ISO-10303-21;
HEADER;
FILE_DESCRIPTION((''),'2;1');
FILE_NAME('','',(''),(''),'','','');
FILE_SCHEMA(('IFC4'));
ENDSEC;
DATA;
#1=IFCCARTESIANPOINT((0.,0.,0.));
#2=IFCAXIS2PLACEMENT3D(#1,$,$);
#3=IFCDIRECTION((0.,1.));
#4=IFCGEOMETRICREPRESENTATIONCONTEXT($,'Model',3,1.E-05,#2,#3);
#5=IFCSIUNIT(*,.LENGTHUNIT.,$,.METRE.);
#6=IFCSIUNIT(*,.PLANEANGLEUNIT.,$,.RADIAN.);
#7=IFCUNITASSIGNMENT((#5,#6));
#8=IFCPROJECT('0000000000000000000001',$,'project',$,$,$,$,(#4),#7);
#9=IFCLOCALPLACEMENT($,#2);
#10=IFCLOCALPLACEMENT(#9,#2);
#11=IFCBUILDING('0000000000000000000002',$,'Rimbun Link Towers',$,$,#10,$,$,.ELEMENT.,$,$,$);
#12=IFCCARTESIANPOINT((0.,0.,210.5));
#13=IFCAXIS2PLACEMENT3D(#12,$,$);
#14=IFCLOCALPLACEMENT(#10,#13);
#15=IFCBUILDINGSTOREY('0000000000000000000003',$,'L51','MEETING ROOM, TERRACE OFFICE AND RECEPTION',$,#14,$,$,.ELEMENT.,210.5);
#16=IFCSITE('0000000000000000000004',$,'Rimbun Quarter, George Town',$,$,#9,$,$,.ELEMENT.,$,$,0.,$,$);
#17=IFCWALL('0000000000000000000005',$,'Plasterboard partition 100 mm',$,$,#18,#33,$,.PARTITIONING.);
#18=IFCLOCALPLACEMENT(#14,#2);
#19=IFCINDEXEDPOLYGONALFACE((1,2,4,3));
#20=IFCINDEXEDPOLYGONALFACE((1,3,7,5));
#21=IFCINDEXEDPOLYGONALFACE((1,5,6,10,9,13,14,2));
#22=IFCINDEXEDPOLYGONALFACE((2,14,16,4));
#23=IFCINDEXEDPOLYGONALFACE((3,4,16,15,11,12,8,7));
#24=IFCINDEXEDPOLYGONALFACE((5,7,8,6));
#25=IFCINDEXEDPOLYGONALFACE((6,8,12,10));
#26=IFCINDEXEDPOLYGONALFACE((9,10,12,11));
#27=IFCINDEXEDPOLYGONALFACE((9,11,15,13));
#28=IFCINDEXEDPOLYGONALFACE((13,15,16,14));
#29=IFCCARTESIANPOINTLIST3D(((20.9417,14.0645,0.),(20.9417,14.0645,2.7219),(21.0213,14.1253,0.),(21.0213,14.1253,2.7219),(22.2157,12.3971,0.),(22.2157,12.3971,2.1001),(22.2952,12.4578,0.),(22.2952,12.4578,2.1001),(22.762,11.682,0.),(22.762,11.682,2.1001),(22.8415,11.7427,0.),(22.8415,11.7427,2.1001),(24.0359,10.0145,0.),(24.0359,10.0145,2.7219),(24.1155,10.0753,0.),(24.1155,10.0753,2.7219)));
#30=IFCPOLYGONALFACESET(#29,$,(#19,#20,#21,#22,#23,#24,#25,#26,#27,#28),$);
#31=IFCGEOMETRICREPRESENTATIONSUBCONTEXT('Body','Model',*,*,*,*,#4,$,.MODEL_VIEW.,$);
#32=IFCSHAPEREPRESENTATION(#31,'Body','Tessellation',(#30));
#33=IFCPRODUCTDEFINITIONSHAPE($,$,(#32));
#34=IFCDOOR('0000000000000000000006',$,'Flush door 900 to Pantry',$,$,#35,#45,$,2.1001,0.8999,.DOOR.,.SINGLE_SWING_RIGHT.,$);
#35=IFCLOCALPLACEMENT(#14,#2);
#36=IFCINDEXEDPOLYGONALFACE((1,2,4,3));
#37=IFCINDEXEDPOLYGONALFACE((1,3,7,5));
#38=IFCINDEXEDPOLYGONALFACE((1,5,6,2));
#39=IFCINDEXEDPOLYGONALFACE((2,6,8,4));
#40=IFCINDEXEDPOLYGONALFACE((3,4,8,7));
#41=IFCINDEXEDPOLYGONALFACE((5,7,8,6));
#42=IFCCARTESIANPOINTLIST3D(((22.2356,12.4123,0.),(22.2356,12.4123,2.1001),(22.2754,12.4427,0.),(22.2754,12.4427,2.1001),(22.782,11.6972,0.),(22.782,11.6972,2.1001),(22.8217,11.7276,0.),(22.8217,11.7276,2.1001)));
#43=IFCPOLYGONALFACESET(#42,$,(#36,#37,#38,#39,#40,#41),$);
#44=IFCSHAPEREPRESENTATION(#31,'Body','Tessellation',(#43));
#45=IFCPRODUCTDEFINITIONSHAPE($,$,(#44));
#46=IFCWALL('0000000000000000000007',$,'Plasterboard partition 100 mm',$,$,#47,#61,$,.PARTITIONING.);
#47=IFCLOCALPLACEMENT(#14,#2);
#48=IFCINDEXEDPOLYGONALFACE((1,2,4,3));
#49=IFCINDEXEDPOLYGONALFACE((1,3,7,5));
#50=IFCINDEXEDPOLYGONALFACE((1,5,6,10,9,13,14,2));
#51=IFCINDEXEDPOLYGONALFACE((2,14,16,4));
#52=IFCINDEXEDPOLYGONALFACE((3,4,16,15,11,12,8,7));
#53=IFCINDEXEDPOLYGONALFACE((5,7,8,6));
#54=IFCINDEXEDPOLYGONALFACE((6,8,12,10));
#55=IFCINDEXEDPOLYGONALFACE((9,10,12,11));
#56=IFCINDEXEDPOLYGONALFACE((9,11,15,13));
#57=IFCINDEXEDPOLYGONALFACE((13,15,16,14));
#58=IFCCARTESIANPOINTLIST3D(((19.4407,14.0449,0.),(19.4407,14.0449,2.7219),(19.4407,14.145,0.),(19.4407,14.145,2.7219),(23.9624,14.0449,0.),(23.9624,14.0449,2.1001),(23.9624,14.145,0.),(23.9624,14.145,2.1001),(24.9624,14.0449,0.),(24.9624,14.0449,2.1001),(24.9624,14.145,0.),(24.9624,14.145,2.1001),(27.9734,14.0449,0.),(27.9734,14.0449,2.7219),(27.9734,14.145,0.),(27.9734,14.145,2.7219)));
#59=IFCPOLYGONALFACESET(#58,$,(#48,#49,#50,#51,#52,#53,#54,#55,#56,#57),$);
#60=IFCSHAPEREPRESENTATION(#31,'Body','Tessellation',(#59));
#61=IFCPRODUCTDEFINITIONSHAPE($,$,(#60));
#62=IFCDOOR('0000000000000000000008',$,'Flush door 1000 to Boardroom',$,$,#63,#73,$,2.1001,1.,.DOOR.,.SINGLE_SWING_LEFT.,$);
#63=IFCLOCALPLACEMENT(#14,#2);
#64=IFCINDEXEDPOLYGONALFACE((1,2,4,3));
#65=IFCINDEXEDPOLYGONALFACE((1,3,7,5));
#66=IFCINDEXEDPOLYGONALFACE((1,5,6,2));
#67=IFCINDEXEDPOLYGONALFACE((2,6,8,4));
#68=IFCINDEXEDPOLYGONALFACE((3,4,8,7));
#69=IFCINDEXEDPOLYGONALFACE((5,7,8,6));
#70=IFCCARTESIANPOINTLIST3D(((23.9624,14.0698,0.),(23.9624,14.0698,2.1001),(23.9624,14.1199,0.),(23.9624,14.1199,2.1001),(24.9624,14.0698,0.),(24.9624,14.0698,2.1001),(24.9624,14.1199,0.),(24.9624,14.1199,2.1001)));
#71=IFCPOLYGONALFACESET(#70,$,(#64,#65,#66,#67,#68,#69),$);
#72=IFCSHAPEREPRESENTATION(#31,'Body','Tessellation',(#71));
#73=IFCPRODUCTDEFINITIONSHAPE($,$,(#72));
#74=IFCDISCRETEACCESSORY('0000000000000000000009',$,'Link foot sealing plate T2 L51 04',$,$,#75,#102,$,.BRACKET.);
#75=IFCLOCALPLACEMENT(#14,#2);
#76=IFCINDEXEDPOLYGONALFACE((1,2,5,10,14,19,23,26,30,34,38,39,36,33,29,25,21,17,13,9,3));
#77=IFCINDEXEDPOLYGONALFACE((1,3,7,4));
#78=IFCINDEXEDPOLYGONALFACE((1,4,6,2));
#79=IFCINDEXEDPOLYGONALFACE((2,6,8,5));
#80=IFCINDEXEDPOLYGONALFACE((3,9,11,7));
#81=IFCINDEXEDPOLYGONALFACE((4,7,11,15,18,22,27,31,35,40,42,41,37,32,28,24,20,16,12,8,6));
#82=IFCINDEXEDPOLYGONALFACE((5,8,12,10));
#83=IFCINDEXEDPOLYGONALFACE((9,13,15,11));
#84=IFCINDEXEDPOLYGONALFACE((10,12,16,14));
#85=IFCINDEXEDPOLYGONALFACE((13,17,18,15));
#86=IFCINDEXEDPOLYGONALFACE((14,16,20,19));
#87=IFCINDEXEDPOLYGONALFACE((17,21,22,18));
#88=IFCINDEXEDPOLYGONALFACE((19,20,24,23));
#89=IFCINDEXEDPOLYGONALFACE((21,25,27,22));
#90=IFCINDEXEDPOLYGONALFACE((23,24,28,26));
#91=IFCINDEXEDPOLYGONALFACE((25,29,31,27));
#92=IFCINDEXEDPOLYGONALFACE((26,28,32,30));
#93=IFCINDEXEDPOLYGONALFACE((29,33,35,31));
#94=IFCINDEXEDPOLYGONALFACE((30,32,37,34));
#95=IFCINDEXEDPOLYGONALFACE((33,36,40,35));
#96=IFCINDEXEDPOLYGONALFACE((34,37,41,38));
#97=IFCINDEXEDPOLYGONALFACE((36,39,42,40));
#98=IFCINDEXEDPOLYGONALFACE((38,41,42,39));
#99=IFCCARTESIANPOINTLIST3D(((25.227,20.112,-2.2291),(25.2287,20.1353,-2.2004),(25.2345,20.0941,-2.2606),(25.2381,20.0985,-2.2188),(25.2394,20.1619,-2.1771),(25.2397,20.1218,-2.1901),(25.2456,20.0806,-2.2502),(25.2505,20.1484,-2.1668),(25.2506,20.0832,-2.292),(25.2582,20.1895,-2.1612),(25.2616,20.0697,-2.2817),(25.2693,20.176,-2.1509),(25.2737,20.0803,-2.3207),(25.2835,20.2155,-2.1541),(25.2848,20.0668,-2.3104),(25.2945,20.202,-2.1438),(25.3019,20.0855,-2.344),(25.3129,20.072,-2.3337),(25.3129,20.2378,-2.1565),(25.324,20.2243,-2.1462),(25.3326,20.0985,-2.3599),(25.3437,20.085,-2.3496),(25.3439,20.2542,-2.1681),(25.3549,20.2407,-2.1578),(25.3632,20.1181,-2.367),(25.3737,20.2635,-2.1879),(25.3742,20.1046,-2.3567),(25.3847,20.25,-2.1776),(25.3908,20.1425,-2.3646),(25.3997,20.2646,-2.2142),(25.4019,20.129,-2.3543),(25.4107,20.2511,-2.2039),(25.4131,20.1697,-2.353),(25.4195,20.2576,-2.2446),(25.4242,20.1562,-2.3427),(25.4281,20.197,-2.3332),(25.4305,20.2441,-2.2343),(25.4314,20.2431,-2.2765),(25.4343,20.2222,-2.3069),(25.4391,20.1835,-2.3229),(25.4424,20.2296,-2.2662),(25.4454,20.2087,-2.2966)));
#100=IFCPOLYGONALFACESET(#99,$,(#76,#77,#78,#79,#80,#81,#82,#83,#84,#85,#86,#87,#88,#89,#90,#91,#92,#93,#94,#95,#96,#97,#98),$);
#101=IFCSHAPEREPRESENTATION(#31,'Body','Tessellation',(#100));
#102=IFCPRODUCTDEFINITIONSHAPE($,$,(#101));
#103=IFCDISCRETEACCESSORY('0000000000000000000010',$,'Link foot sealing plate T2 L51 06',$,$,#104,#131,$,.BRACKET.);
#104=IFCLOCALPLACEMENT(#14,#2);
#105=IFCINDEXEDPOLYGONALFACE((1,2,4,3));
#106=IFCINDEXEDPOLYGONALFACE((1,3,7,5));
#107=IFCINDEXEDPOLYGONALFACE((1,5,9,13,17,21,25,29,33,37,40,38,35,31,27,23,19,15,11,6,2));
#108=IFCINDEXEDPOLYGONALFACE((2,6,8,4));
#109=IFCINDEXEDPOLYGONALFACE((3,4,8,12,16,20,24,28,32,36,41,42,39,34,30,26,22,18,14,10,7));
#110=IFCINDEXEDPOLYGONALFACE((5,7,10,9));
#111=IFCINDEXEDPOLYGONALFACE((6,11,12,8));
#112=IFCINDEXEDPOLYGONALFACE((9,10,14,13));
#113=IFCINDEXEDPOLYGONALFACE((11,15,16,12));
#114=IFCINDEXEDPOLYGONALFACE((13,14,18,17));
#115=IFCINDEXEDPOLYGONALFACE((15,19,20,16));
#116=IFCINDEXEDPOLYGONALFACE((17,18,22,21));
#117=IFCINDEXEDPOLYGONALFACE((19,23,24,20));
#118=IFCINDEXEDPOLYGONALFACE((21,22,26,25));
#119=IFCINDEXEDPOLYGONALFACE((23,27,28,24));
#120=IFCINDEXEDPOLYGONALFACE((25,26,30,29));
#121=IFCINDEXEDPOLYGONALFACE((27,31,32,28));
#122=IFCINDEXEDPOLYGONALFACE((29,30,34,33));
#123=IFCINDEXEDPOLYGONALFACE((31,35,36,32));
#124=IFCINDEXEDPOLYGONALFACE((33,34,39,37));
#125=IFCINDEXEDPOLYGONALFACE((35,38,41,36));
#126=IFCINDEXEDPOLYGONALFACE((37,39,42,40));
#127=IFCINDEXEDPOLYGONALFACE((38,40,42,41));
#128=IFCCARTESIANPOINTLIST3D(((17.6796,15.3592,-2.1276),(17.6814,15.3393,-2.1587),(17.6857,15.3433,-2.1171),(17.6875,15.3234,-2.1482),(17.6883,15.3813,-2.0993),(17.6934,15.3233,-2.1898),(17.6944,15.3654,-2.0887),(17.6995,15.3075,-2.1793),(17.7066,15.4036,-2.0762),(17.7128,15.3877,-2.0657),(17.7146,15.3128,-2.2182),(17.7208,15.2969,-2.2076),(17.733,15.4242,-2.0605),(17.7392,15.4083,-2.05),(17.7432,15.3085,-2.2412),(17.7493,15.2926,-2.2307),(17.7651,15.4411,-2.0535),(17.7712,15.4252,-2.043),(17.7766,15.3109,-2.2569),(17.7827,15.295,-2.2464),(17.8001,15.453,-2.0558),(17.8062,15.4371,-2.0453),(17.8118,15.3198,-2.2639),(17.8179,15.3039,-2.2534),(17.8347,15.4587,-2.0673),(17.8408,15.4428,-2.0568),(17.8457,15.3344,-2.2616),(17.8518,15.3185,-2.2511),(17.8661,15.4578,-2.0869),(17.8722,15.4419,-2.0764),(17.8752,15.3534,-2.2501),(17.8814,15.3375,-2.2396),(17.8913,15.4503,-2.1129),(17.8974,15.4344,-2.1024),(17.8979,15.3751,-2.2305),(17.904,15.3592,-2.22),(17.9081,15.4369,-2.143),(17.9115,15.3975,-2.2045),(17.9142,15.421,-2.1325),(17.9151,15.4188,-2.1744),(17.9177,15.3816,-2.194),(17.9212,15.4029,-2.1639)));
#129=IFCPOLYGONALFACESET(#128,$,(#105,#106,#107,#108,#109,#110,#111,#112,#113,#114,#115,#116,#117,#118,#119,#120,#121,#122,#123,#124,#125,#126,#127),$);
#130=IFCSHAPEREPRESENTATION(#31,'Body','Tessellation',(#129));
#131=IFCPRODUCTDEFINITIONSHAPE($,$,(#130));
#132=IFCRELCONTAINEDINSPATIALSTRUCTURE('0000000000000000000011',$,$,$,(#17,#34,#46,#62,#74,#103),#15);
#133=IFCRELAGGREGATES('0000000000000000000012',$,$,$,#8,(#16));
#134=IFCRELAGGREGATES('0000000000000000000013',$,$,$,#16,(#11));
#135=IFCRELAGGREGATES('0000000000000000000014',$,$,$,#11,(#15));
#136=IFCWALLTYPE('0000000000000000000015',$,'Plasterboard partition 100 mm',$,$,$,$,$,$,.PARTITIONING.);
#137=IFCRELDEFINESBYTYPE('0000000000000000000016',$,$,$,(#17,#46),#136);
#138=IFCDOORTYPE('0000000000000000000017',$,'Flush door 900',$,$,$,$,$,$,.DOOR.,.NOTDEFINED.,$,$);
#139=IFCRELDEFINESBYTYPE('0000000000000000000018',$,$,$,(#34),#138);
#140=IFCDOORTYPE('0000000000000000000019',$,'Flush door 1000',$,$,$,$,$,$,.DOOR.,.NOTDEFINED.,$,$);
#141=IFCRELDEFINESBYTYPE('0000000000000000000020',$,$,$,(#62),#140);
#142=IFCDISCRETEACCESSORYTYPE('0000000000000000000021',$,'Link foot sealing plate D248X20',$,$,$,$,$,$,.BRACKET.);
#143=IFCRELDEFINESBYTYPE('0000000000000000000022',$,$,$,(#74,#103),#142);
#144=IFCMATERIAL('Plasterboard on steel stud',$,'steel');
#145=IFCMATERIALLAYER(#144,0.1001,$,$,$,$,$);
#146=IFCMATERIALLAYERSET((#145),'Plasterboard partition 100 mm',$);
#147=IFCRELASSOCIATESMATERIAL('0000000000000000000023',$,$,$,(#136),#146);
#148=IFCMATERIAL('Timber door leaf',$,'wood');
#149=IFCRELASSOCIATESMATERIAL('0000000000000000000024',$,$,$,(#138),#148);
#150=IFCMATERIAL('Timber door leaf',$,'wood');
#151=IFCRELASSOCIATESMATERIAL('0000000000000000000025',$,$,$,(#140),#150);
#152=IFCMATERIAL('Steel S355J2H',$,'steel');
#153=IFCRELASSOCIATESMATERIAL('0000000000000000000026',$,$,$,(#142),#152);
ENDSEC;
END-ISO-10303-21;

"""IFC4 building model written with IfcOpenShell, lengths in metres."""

from ifc_helpers import new_model, si_unit, direction, frame, frame_2d, origin, origin_2d, place, context, subcontext, project, spatial, rectangle, circle, extrude, material, layer, layer_set, material_profile, profile_set, type_object, element, fill, save


model = new_model("IFC4")

# Units and contexts
model_context = context("Model", 3, precision=1e-05, world=origin(), true_north=direction((0.0, 1.0)))
body_context = subcontext(model_context, "Body", "Model", "MODEL_VIEW")
ifc_project = project(units=[si_unit("LENGTHUNIT", "METRE"), si_unit("PLANEANGLEUNIT", "RADIAN")], contexts=[model_context])

# Site, building, storey
site_placement = place(None, origin())
site = spatial("IfcSite", under=ifc_project, at=site_placement, Name="Rimbun Quarter, George Town", CompositionType="ELEMENT", RefElevation=0.0)
building_placement = place(site_placement, origin())
building = spatial("IfcBuilding", under=site, at=building_placement, Name="Rimbun Link Towers", CompositionType="ELEMENT")
storey_placement = place(building_placement, frame((0.0, 0.0, 210.5)))
storey = spatial("IfcBuildingStorey", under=building, at=storey_placement, Name="L51", Description="MEETING ROOM, TERRACE OFFICE AND RECEPTION", CompositionType="ELEMENT", Elevation=210.5)

# Walls, openings, doors
ifc_material_1 = material(Name="Plasterboard on steel stud", Category="steel")
ifc_layer_1 = layer(ifc_material_1, 0.1001)
ifc_layer_set_1 = layer_set([ifc_layer_1], Name="Plasterboard partition 100 mm")
wall_type = type_object("IfcWallType", Name="Plasterboard partition 100 mm", PredefinedType="PARTITIONING", material=ifc_layer_set_1)
wall_1_placement = place(storey_placement, frame((24.0757, 10.0449, 0.0), z_axis=(0.0, 0.0, 1.0), x_axis=(-0.607096, 0.794628, 0.0)))
wall_1 = element("IfcWall", 1, at=wall_1_placement, inside=storey, type_object=wall_type, Name="Plasterboard partition 100 mm", PredefinedType="PARTITIONING", context=body_context, shape_type="SweptSolid", body=[
    extrude(rectangle(XDim=5.0967, YDim=0.1001, at=frame_2d((2.5483, 0.0))), origin(), (0.0, 0.0, 1.0), 2.7219),
])
opening_1_placement = place(wall_1_placement, frame((2.0984, 0.0, 0.0)))
opening_1 = element("IfcOpeningElement", 2, at=opening_1_placement, cuts=wall_1, PredefinedType="OPENING", context=body_context, shape_type="SweptSolid", body=[
    extrude(rectangle(XDim=0.8999, YDim=2.1001, at=frame_2d((0.45, 1.05))), frame((0.0, 0.0601, 0.0), z_axis=(0.0, -1.0, 0.0), x_axis=(1.0, 0.0, 0.0)), (0.0, 0.0, 1.0), 0.1201),
])
ifc_material_2 = material(Name="Timber door leaf", Category="wood")
door_type_1 = type_object("IfcDoorType", Name="Flush door 900", OperationType="NOTDEFINED", PredefinedType="DOOR", material=ifc_material_2)
door_1_placement = place(opening_1_placement, origin())
door_1 = element("IfcDoor", 3, at=door_1_placement, inside=storey, type_object=door_type_1, Name="Flush door 900 to Pantry", OperationType="SINGLE_SWING_RIGHT", OverallHeight=2.1001, OverallWidth=0.8999, PredefinedType="DOOR", context=body_context, shape_type="SweptSolid", body=[
    extrude(rectangle(XDim=0.8999, YDim=2.1001, at=frame_2d((0.45, 1.05))), frame((0.0, 0.0249, 0.0), z_axis=(0.0, -1.0, 0.0), x_axis=(1.0, 0.0, 0.0)), (0.0, 0.0, 1.0), 0.05),
])
fill(opening_1, door_1)
wall_2_placement = place(storey_placement, frame((19.4407, 14.095, 0.0), z_axis=(0.0, 0.0, 1.0), x_axis=(1.0, 0.0, 0.0)))
wall_2 = element("IfcWall", 4, at=wall_2_placement, inside=storey, type_object=wall_type, Name="Plasterboard partition 100 mm", PredefinedType="PARTITIONING", context=body_context, shape_type="SweptSolid", body=[
    extrude(rectangle(XDim=8.5327, YDim=0.1001, at=frame_2d((4.2664, 0.0))), origin(), (0.0, 0.0, 1.0), 2.7219),
])
opening_2_placement = place(wall_2_placement, frame((4.5217, 0.0, 0.0)))
opening_2 = element("IfcOpeningElement", 5, at=opening_2_placement, cuts=wall_2, PredefinedType="OPENING", context=body_context, shape_type="SweptSolid", body=[
    extrude(rectangle(XDim=1.0, YDim=2.1001, at=frame_2d((0.5, 1.05))), frame((0.0, 0.0601, 0.0), z_axis=(0.0, -1.0, 0.0), x_axis=(1.0, 0.0, 0.0)), (0.0, 0.0, 1.0), 0.1201),
])
ifc_material_3 = material(Name="Timber door leaf", Category="wood")
door_type_2 = type_object("IfcDoorType", Name="Flush door 1000", OperationType="NOTDEFINED", PredefinedType="DOOR", material=ifc_material_3)
door_2_placement = place(opening_2_placement, origin())
door_2 = element("IfcDoor", 6, at=door_2_placement, inside=storey, type_object=door_type_2, Name="Flush door 1000 to Boardroom", OperationType="SINGLE_SWING_LEFT", OverallHeight=2.1001, OverallWidth=1.0, PredefinedType="DOOR", context=body_context, shape_type="SweptSolid", body=[
    extrude(rectangle(XDim=1.0, YDim=2.1001, at=frame_2d((0.5, 1.05))), frame((0.0, 0.0249, 0.0), z_axis=(0.0, -1.0, 0.0), x_axis=(1.0, 0.0, 0.0)), (0.0, 0.0, 1.0), 0.05),
])
fill(opening_2, door_2)

# Discrete accessories
ifc_material_4 = material(Name="Steel S355J2H", Category="steel")
ifc_material_profile_1 = material_profile(ifc_material_4, circle(Radius=0.124, at=origin_2d()), Name="PL D248")
ifc_profile_set_1 = profile_set([ifc_material_profile_1], Name="Steel S355J2H")
discrete_accessory_type = type_object("IfcDiscreteAccessoryType", Name="Link foot sealing plate D248X20", PredefinedType="BRACKET", material=ifc_profile_set_1)
discrete_accessory_1_placement = place(storey_placement, frame((25.3416, 20.1592, -2.2502), z_axis=(-0.545144, 0.666287, -0.508801), x_axis=(-0.773957, -0.633238, 0.0)))
element("IfcDiscreteAccessory", 7, at=discrete_accessory_1_placement, inside=storey, type_object=discrete_accessory_type, Name="Link foot sealing plate T2 L51 04", PredefinedType="BRACKET", context=body_context, shape_type="SweptSolid", body=[
    extrude(circle(Radius=0.124, at=origin_2d()), origin(), (0.0, 0.0, 1.0), 0.0203),
])
discrete_accessory_2_placement = place(storey_placement, frame((17.8032, 15.3679, -2.1482), z_axis=(-0.305446, 0.794161, -0.525368), x_axis=(-0.933346, -0.358979, 0.0)))
element("IfcDiscreteAccessory", 8, at=discrete_accessory_2_placement, inside=storey, type_object=discrete_accessory_type, Name="Link foot sealing plate T2 L51 06", PredefinedType="BRACKET", context=body_context, shape_type="SweptSolid", body=[
    extrude(circle(Radius=0.124, at=origin_2d()), origin(), (0.0, 0.0, 1.0), 0.02),
])

save(model, "model.ifc")
